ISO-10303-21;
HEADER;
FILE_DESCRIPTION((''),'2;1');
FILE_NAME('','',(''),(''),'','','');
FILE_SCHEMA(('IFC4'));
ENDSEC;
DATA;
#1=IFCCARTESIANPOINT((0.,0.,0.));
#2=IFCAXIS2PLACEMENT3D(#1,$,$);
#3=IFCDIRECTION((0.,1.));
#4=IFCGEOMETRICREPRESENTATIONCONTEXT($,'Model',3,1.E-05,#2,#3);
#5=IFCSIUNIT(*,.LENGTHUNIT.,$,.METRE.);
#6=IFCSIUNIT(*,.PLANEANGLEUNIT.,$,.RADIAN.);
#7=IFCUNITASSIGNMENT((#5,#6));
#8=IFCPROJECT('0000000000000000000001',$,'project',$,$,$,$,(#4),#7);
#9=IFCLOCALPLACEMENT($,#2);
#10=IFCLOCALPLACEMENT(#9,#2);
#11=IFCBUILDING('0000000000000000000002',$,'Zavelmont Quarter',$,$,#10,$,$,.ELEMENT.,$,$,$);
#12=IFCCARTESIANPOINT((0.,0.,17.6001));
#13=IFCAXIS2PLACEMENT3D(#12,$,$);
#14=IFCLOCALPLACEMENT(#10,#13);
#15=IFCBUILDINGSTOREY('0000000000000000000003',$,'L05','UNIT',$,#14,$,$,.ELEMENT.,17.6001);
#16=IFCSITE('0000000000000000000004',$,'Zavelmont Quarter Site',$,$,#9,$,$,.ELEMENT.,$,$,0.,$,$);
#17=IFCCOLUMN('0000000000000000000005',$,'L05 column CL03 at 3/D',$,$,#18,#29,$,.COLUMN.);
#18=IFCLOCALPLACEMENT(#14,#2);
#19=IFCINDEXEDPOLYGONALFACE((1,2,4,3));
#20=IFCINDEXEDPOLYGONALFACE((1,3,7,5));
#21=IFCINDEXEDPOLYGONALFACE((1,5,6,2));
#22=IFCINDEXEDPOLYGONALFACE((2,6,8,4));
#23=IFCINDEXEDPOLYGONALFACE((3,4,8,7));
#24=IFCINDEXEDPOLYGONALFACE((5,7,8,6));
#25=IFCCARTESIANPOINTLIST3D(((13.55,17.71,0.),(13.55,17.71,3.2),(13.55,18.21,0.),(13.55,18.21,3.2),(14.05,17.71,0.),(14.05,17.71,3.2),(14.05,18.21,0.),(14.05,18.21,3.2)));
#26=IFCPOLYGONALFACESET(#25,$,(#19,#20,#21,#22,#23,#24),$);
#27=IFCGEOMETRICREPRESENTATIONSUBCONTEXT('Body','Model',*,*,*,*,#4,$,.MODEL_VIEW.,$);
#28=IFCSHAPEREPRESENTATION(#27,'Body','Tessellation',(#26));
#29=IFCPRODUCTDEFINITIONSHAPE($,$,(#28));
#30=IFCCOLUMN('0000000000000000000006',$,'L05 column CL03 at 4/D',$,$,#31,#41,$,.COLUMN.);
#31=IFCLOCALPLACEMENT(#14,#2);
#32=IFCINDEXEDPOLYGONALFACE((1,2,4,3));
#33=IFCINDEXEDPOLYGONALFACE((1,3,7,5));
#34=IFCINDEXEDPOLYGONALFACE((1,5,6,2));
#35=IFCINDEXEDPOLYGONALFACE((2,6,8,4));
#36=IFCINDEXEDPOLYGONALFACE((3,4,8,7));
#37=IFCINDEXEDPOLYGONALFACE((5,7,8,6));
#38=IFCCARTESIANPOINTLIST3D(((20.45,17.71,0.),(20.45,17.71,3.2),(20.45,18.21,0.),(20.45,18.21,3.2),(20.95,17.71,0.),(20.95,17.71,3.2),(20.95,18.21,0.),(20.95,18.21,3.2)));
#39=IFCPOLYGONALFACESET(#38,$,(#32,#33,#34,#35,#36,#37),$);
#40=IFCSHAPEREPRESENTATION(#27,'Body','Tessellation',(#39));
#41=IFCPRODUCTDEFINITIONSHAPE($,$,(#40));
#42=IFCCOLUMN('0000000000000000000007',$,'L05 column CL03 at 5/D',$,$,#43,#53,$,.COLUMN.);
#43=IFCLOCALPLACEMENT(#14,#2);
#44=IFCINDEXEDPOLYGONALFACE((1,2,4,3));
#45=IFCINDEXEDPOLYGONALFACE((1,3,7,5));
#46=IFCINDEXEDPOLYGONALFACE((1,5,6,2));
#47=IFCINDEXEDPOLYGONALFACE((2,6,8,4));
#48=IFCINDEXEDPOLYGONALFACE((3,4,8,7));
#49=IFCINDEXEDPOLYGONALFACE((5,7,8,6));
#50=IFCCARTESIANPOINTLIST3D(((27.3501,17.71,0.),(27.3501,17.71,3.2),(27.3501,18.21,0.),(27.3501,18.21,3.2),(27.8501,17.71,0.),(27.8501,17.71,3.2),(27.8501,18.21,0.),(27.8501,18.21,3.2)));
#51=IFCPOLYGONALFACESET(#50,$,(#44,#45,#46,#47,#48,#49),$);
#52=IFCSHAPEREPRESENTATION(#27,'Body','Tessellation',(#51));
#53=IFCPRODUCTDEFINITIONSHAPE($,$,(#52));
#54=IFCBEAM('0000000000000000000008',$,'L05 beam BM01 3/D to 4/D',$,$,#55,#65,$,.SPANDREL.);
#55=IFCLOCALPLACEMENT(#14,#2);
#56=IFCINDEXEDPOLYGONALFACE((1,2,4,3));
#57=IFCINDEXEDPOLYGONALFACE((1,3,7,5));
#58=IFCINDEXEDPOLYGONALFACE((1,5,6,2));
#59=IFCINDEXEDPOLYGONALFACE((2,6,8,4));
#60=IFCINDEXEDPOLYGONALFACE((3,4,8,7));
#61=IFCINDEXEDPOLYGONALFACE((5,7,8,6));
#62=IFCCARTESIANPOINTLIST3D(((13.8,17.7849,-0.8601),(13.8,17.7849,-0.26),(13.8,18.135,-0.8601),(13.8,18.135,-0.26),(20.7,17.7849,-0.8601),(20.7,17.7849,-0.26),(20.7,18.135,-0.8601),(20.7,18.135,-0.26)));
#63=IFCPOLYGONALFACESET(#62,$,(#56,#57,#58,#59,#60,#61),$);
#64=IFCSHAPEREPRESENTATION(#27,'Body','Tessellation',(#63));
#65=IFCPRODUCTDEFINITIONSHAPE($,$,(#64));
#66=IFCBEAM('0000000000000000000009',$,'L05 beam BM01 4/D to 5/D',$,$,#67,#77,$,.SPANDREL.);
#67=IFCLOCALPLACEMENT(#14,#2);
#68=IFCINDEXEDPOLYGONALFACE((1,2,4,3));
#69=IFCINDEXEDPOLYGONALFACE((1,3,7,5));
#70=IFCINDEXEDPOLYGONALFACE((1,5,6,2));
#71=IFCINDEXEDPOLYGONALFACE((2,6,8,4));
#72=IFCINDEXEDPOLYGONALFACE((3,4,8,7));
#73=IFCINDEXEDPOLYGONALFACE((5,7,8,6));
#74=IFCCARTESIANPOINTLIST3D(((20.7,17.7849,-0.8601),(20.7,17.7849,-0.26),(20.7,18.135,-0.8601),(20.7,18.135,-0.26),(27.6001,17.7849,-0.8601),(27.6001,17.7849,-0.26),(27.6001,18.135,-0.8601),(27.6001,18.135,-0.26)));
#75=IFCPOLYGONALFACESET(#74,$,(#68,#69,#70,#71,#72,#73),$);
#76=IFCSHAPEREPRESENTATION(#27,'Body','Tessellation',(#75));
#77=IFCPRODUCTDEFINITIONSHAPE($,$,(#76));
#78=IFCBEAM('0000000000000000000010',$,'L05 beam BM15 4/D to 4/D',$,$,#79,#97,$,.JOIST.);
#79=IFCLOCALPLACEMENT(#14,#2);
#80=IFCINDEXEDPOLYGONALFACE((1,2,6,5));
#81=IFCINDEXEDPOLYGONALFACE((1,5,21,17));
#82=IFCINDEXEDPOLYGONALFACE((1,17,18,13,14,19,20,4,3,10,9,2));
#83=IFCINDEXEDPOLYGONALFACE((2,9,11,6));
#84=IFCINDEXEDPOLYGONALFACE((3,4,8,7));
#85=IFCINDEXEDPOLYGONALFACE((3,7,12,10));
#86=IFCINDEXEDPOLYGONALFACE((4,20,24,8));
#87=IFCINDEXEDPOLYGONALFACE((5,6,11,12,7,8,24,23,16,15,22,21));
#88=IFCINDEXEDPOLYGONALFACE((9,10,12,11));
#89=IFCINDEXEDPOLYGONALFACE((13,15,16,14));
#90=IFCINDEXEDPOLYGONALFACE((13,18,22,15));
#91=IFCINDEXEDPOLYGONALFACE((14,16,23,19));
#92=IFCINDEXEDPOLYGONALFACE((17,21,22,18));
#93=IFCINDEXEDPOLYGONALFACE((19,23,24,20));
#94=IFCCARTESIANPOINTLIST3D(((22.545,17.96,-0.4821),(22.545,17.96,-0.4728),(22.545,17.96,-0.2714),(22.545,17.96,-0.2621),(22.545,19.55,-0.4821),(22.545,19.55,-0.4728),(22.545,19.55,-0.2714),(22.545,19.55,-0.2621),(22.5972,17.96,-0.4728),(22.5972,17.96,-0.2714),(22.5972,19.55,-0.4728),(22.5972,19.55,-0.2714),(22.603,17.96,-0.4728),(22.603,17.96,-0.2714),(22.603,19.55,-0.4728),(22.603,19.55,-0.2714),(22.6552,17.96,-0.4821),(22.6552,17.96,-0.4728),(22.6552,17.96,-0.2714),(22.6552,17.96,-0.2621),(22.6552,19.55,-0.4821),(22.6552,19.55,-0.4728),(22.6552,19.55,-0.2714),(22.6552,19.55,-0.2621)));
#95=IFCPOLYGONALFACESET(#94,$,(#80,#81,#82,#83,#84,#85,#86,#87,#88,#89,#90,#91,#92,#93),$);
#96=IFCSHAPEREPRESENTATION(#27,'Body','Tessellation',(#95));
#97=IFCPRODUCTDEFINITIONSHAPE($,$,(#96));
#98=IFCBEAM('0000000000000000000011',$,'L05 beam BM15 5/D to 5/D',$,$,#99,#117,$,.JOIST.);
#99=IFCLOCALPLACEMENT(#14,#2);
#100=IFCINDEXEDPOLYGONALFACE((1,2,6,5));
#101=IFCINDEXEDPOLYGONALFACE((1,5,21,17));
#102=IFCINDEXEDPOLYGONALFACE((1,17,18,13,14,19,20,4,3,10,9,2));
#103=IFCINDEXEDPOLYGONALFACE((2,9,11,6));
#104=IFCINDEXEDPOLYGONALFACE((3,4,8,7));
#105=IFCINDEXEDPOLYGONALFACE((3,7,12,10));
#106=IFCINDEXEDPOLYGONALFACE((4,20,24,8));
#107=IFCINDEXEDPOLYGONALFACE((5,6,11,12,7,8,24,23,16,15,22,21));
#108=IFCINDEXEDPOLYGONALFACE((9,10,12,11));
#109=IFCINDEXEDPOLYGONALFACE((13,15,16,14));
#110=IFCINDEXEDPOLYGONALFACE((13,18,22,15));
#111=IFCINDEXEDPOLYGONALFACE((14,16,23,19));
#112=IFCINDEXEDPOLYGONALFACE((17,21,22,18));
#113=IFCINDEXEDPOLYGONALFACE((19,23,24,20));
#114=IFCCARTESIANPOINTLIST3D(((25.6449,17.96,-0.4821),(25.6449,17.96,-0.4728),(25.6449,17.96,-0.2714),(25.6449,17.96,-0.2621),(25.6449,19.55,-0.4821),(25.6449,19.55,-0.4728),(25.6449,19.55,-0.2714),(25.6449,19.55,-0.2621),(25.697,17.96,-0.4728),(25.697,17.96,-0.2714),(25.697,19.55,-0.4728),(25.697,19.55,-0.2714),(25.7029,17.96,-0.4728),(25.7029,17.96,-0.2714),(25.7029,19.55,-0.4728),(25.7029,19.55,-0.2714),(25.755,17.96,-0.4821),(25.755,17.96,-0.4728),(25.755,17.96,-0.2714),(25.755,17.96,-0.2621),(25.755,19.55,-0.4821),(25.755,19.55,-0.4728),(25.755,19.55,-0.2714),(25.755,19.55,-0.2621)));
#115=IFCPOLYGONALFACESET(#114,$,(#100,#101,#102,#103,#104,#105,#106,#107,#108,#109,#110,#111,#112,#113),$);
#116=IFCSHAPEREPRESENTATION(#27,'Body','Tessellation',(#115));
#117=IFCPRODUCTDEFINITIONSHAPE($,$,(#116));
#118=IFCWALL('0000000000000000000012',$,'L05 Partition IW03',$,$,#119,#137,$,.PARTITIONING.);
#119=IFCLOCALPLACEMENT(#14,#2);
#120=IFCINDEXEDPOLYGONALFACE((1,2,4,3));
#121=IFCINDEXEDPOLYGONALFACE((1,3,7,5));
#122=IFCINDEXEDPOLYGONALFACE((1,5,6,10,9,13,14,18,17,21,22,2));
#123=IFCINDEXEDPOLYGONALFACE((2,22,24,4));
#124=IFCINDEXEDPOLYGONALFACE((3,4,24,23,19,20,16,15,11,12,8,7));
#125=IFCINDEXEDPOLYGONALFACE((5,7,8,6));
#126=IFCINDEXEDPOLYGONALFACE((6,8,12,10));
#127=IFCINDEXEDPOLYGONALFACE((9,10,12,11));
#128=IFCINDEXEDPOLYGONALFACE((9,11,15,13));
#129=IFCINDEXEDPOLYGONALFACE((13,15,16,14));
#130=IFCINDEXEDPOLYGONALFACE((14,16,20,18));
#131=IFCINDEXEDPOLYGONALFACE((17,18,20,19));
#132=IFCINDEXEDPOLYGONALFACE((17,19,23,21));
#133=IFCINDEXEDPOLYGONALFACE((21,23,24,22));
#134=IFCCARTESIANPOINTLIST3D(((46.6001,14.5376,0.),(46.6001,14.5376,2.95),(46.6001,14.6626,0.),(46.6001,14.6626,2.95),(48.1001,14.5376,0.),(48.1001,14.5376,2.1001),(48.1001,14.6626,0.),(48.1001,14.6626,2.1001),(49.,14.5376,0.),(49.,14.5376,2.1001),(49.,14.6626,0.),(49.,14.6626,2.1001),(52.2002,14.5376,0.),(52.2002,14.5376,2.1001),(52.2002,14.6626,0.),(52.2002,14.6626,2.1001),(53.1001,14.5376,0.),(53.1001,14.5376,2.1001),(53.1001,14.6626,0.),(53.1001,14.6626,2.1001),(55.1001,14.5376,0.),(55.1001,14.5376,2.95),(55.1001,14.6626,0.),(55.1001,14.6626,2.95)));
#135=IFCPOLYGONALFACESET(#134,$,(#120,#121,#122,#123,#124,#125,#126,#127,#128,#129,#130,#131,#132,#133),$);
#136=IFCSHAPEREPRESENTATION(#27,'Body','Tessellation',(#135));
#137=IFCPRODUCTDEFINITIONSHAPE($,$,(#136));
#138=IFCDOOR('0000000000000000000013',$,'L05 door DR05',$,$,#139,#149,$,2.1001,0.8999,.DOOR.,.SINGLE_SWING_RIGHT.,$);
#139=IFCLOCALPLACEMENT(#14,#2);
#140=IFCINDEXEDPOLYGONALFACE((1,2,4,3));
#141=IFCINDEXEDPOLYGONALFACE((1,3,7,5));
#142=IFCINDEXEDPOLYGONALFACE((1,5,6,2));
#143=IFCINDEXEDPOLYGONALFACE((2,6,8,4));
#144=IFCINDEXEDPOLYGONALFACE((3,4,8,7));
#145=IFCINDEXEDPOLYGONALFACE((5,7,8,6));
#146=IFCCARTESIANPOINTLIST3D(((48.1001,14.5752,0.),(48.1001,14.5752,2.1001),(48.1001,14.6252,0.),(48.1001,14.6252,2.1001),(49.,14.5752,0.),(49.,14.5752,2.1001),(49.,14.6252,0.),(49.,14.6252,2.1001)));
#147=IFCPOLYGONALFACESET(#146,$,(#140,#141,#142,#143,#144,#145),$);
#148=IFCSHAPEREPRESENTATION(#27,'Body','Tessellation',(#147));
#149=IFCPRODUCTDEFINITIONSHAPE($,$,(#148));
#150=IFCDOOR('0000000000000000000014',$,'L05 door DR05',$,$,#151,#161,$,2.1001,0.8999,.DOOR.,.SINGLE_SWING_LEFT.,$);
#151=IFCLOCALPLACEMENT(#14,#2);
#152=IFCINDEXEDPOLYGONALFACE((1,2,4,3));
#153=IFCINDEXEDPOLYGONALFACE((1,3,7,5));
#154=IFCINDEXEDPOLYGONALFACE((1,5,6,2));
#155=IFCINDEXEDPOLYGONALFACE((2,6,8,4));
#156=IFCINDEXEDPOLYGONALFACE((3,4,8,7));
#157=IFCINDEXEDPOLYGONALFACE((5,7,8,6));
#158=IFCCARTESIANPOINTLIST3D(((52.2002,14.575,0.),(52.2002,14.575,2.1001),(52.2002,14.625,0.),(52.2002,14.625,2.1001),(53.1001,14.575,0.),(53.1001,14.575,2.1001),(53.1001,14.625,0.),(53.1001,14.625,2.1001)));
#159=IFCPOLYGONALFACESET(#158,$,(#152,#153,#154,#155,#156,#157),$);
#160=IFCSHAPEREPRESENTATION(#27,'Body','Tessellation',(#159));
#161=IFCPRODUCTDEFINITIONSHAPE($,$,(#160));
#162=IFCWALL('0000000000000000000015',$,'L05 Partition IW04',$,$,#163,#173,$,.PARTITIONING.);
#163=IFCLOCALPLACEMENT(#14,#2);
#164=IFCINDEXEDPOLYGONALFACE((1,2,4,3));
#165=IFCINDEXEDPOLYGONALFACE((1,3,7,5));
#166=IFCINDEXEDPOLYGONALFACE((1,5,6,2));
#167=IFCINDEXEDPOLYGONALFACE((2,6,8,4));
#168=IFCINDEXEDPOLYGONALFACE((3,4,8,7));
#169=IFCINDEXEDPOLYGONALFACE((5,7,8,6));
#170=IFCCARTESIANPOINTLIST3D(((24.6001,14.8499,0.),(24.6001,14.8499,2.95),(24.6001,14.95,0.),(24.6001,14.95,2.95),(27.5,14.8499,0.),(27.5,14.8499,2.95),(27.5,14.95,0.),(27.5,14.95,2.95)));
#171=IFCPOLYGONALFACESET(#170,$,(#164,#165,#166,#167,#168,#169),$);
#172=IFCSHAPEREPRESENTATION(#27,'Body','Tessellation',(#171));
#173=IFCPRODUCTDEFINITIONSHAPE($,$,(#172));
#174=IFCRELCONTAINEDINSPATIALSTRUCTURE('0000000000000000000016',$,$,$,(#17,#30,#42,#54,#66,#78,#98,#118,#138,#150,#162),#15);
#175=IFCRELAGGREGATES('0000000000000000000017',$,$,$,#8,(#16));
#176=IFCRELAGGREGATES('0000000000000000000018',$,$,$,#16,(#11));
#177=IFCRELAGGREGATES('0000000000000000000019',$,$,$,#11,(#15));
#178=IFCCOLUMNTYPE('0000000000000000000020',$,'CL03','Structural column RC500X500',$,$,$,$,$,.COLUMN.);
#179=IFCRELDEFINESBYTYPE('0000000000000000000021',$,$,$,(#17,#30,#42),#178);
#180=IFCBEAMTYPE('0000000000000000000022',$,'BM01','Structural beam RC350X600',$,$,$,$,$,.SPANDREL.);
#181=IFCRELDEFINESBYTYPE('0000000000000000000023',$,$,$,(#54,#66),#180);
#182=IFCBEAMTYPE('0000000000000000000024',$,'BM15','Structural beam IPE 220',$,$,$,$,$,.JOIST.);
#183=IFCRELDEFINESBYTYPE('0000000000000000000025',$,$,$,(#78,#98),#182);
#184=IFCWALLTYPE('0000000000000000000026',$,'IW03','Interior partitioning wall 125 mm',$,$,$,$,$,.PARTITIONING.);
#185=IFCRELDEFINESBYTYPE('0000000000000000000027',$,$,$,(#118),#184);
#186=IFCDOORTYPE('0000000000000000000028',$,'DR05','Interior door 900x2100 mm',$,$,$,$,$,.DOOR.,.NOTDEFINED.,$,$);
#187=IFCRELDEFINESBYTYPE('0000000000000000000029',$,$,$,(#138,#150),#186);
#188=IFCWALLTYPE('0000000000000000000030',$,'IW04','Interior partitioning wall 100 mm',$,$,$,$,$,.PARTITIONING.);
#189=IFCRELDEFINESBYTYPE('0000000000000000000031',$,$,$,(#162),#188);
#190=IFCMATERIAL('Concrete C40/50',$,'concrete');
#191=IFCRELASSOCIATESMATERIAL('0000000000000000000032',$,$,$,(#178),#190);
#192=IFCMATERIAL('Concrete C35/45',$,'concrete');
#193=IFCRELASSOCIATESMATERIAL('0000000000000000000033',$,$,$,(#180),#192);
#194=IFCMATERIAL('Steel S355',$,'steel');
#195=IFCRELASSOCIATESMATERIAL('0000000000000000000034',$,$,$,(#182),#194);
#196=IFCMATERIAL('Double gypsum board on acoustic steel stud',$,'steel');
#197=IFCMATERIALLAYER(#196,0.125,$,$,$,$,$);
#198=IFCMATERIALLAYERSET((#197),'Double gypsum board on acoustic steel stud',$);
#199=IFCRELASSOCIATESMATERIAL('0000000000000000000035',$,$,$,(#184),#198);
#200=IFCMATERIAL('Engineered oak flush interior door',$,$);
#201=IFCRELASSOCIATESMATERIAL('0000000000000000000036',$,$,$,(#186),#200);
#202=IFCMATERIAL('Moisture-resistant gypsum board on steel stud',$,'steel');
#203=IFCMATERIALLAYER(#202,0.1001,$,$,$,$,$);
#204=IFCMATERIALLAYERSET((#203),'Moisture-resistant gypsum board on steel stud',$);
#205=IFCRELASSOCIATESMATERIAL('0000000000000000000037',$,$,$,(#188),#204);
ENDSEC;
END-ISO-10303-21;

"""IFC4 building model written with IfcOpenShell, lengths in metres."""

from ifc_helpers import new_model, si_unit, direction, frame, frame_2d, origin, origin_with_axes, origin_2d, place, context, subcontext, project, spatial, rectangle, i_section, extrude, material, layer, layer_set, material_profile, profile_set, type_object, element, fill, save


model = new_model("IFC4")

# Units and contexts
model_context = context("Model", 3, precision=1e-05, world=origin(), true_north=direction((0.0, 1.0)))
body_context = subcontext(model_context, "Body", "Model", "MODEL_VIEW")
ifc_project = project(units=[si_unit("LENGTHUNIT", "METRE"), si_unit("PLANEANGLEUNIT", "RADIAN")], contexts=[model_context])

# Site, building, storey
site_placement = place(None, origin())
site = spatial("IfcSite", under=ifc_project, at=site_placement, Name="Zavelmont Quarter Site", CompositionType="ELEMENT", RefElevation=0.0)
building_placement = place(site_placement, origin())
building = spatial("IfcBuilding", under=site, at=building_placement, Name="Zavelmont Quarter", CompositionType="ELEMENT")
storey_placement = place(building_placement, frame((0.0, 0.0, 17.6001)))
storey = spatial("IfcBuildingStorey", under=building, at=storey_placement, Name="L05", Description="UNIT", CompositionType="ELEMENT", Elevation=17.6001)

# Columns
ifc_material_1 = material(Name="Concrete C40/50", Category="concrete")
ifc_material_profile_1 = material_profile(ifc_material_1, rectangle(XDim=0.5, YDim=0.5, at=origin_2d()), Name="RC500X500")
ifc_profile_set_1 = profile_set([ifc_material_profile_1], Name="Concrete C40/50")
column_type = type_object("IfcColumnType", Name="CL03", Description="Structural column RC500X500", PredefinedType="COLUMN", material=ifc_profile_set_1)
for number, where, z_axis, x_axis, name in (
    (1, (13.8, 17.96, 0.0), (0.0, 0.0, 1.0), (1.0, 0.0, 0.0), "L05 column CL03 at 3/D"),
    (2, (20.7, 17.96, 0.0), (0.0, 0.0, 1.0), (1.0, 0.0, 0.0), "L05 column CL03 at 4/D"),
    (3, (27.6001, 17.96, 0.0), (0.0, 0.0, 1.0), (1.0, 0.0, 0.0), "L05 column CL03 at 5/D"),
):
    element("IfcColumn", number, at=place(storey_placement, frame(where, z_axis=z_axis, x_axis=x_axis)), inside=storey, type_object=column_type, Name=name, PredefinedType="COLUMN", context=body_context, shape_type="SweptSolid", body=[
        extrude(rectangle(XDim=0.5, YDim=0.5, at=origin_2d()), origin(), (0.0, 0.0, 1.0), 3.2),
    ])

# Beams
ifc_material_2 = material(Name="Concrete C35/45", Category="concrete")
ifc_material_profile_2 = material_profile(ifc_material_2, rectangle(XDim=0.3501, YDim=0.6001, at=origin_2d()), Name="RC350X600")
ifc_profile_set_2 = profile_set([ifc_material_profile_2], Name="Concrete C35/45")
beam_type_1 = type_object("IfcBeamType", Name="BM01", Description="Structural beam RC350X600", PredefinedType="SPANDREL", material=ifc_profile_set_2)
beam_1_placement = place(storey_placement, frame((13.8, 17.96, -0.5601), z_axis=(1.0, 0.0, 0.0), x_axis=(0.0, 1.0, 0.0)))
element("IfcBeam", 4, at=beam_1_placement, inside=storey, type_object=beam_type_1, Name="L05 beam BM01 3/D to 4/D", PredefinedType="SPANDREL", context=body_context, shape_type="SweptSolid", body=[
    extrude(rectangle(XDim=0.3501, YDim=0.6001, at=origin_2d()), origin(), (0.0, 0.0, 1.0), 6.8999),
])
beam_2_placement = place(storey_placement, frame((20.7, 17.96, -0.5601), z_axis=(1.0, 0.0, 0.0), x_axis=(0.0, 1.0, 0.0)))
element("IfcBeam", 5, at=beam_2_placement, inside=storey, type_object=beam_type_1, Name="L05 beam BM01 4/D to 5/D", PredefinedType="SPANDREL", context=body_context, shape_type="SweptSolid", body=[
    extrude(rectangle(XDim=0.3501, YDim=0.6001, at=origin_2d()), origin(), (0.0, 0.0, 1.0), 6.9001),
])
ifc_material_3 = material(Name="Steel S355", Category="steel")
ifc_material_profile_3 = material_profile(ifc_material_3, i_section(OverallWidth=0.1101, OverallDepth=0.22, WebThickness=0.0059, FlangeThickness=0.0093, at=origin_2d()), Name="IPE 220")
ifc_profile_set_3 = profile_set([ifc_material_profile_3], Name="Steel S355")
beam_type_2 = type_object("IfcBeamType", Name="BM15", Description="Structural beam IPE 220", PredefinedType="JOIST", material=ifc_profile_set_3)
for number, where, z_axis, x_axis, name in (
    (6, (22.6001, 17.96, -0.3721), (0.0, 1.0, 0.0), (-1.0, 0.0, 0.0), "L05 beam BM15 4/D to 4/D"),
    (7, (25.7, 17.96, -0.3721), (0.0, 1.0, 0.0), (-1.0, 0.0, 0.0), "L05 beam BM15 5/D to 5/D"),
):
    element("IfcBeam", number, at=place(storey_placement, frame(where, z_axis=z_axis, x_axis=x_axis)), inside=storey, type_object=beam_type_2, Name=name, PredefinedType="JOIST", context=body_context, shape_type="SweptSolid", body=[
        extrude(i_section(OverallWidth=0.1101, OverallDepth=0.22, WebThickness=0.0059, FlangeThickness=0.0093, at=origin_2d()), origin(), (0.0, 0.0, 1.0), 1.5901),
    ])

# Wall, openings, doors
ifc_material_4 = material(Name="Double gypsum board on acoustic steel stud", Category="steel")
ifc_layer_1 = layer(ifc_material_4, 0.125)
ifc_layer_set_1 = layer_set([ifc_layer_1], Name="Double gypsum board on acoustic steel stud")
wall_type_1 = type_object("IfcWallType", Name="IW03", Description="Interior partitioning wall 125 mm", PredefinedType="PARTITIONING", material=ifc_layer_set_1)
wall_1_placement = place(storey_placement, frame((46.6001, 14.6001, 0.0), z_axis=(0.0, 0.0, 1.0), x_axis=(1.0, 0.0, 0.0)))
wall_1 = element("IfcWall", 8, at=wall_1_placement, inside=storey, type_object=wall_type_1, Name="L05 Partition IW03", PredefinedType="PARTITIONING", context=body_context, shape_type="SweptSolid", body=[
    extrude(rectangle(XDim=8.5, YDim=0.125, at=frame_2d((4.25, 0.0))), origin(), (0.0, 0.0, 1.0), 2.95),
])
opening_1_placement = place(wall_1_placement, frame((1.5, 0.0, 0.0)))
opening_1 = element("IfcOpeningElement", 9, at=opening_1_placement, cuts=wall_1, PredefinedType="OPENING", context=body_context, shape_type="SweptSolid", body=[
    extrude(rectangle(XDim=0.8999, YDim=2.1001, at=frame_2d((0.45, 1.05))), frame((0.0, 0.0745, 0.0), z_axis=(0.0, -1.0, 0.0), x_axis=(1.0, 0.0, 0.0)), (0.0, 0.0, 1.0), 0.1489),
])
opening_2_placement = place(wall_1_placement, frame((5.6001, 0.0, 0.0)))
opening_2 = element("IfcOpeningElement", 10, at=opening_2_placement, cuts=wall_1, PredefinedType="OPENING", context=body_context, shape_type="SweptSolid", body=[
    extrude(rectangle(XDim=0.8999, YDim=2.1001, at=frame_2d((0.45, 1.05))), frame((0.0, 0.0745, 0.0), z_axis=(0.0, -1.0, 0.0), x_axis=(1.0, 0.0, 0.0)), (0.0, 0.0, 1.0), 0.1489),
])
ifc_material_5 = material(Name="Engineered oak flush interior door")
door_type_1 = type_object("IfcDoorType", Name="DR05", Description="Interior door 900x2100 mm", OperationType="NOTDEFINED", PredefinedType="DOOR", material=ifc_material_5)
door_1_placement = place(opening_1_placement, frame((0.8999, 0.0, 0.0), z_axis=(0.0, 0.0, 1.0), x_axis=(-1.0, 0.0, 0.0)))
door_1 = element("IfcDoor", 11, at=door_1_placement, inside=storey, type_object=door_type_1, Name="L05 door DR05", OperationType="SINGLE_SWING_RIGHT", OverallHeight=2.1001, OverallWidth=0.8999, PredefinedType="DOOR", context=body_context, shape_type="SweptSolid", body=[
    extrude(rectangle(XDim=0.8999, YDim=2.1001, at=frame_2d((0.45, 1.05))), frame((0.0, 0.0249, 0.0), z_axis=(0.0, -1.0, 0.0), x_axis=(1.0, 0.0, 0.0)), (0.0, 0.0, 1.0), 0.05),
])
fill(opening_1, door_1)
door_2_placement = place(opening_2_placement, origin_with_axes())
door_2 = element("IfcDoor", 12, at=door_2_placement, inside=storey, type_object=door_type_1, Name="L05 door DR05", OperationType="SINGLE_SWING_LEFT", OverallHeight=2.1001, OverallWidth=0.8999, PredefinedType="DOOR", context=body_context, shape_type="SweptSolid", body=[
    extrude(rectangle(XDim=0.8999, YDim=2.1001, at=frame_2d((0.45, 1.05))), frame((0.0, 0.0249, 0.0), z_axis=(0.0, -1.0, 0.0), x_axis=(1.0, 0.0, 0.0)), (0.0, 0.0, 1.0), 0.05),
])
fill(opening_2, door_2)

# Wall
ifc_material_6 = material(Name="Moisture-resistant gypsum board on steel stud", Category="steel")
ifc_layer_2 = layer(ifc_material_6, 0.1001)
ifc_layer_set_2 = layer_set([ifc_layer_2], Name="Moisture-resistant gypsum board on steel stud")
wall_type_2 = type_object("IfcWallType", Name="IW04", Description="Interior partitioning wall 100 mm", PredefinedType="PARTITIONING", material=ifc_layer_set_2)
wall_2_placement = place(storey_placement, frame((24.6001, 14.8999, 0.0), z_axis=(0.0, 0.0, 1.0), x_axis=(1.0, 0.0, 0.0)))
element("IfcWall", 13, at=wall_2_placement, inside=storey, type_object=wall_type_2, Name="L05 Partition IW04", PredefinedType="PARTITIONING", context=body_context, shape_type="SweptSolid", body=[
    extrude(rectangle(XDim=2.8999, YDim=0.1001, at=frame_2d((1.45, 0.0))), origin(), (0.0, 0.0, 1.0), 2.95),
])

save(model, "model.ifc")
